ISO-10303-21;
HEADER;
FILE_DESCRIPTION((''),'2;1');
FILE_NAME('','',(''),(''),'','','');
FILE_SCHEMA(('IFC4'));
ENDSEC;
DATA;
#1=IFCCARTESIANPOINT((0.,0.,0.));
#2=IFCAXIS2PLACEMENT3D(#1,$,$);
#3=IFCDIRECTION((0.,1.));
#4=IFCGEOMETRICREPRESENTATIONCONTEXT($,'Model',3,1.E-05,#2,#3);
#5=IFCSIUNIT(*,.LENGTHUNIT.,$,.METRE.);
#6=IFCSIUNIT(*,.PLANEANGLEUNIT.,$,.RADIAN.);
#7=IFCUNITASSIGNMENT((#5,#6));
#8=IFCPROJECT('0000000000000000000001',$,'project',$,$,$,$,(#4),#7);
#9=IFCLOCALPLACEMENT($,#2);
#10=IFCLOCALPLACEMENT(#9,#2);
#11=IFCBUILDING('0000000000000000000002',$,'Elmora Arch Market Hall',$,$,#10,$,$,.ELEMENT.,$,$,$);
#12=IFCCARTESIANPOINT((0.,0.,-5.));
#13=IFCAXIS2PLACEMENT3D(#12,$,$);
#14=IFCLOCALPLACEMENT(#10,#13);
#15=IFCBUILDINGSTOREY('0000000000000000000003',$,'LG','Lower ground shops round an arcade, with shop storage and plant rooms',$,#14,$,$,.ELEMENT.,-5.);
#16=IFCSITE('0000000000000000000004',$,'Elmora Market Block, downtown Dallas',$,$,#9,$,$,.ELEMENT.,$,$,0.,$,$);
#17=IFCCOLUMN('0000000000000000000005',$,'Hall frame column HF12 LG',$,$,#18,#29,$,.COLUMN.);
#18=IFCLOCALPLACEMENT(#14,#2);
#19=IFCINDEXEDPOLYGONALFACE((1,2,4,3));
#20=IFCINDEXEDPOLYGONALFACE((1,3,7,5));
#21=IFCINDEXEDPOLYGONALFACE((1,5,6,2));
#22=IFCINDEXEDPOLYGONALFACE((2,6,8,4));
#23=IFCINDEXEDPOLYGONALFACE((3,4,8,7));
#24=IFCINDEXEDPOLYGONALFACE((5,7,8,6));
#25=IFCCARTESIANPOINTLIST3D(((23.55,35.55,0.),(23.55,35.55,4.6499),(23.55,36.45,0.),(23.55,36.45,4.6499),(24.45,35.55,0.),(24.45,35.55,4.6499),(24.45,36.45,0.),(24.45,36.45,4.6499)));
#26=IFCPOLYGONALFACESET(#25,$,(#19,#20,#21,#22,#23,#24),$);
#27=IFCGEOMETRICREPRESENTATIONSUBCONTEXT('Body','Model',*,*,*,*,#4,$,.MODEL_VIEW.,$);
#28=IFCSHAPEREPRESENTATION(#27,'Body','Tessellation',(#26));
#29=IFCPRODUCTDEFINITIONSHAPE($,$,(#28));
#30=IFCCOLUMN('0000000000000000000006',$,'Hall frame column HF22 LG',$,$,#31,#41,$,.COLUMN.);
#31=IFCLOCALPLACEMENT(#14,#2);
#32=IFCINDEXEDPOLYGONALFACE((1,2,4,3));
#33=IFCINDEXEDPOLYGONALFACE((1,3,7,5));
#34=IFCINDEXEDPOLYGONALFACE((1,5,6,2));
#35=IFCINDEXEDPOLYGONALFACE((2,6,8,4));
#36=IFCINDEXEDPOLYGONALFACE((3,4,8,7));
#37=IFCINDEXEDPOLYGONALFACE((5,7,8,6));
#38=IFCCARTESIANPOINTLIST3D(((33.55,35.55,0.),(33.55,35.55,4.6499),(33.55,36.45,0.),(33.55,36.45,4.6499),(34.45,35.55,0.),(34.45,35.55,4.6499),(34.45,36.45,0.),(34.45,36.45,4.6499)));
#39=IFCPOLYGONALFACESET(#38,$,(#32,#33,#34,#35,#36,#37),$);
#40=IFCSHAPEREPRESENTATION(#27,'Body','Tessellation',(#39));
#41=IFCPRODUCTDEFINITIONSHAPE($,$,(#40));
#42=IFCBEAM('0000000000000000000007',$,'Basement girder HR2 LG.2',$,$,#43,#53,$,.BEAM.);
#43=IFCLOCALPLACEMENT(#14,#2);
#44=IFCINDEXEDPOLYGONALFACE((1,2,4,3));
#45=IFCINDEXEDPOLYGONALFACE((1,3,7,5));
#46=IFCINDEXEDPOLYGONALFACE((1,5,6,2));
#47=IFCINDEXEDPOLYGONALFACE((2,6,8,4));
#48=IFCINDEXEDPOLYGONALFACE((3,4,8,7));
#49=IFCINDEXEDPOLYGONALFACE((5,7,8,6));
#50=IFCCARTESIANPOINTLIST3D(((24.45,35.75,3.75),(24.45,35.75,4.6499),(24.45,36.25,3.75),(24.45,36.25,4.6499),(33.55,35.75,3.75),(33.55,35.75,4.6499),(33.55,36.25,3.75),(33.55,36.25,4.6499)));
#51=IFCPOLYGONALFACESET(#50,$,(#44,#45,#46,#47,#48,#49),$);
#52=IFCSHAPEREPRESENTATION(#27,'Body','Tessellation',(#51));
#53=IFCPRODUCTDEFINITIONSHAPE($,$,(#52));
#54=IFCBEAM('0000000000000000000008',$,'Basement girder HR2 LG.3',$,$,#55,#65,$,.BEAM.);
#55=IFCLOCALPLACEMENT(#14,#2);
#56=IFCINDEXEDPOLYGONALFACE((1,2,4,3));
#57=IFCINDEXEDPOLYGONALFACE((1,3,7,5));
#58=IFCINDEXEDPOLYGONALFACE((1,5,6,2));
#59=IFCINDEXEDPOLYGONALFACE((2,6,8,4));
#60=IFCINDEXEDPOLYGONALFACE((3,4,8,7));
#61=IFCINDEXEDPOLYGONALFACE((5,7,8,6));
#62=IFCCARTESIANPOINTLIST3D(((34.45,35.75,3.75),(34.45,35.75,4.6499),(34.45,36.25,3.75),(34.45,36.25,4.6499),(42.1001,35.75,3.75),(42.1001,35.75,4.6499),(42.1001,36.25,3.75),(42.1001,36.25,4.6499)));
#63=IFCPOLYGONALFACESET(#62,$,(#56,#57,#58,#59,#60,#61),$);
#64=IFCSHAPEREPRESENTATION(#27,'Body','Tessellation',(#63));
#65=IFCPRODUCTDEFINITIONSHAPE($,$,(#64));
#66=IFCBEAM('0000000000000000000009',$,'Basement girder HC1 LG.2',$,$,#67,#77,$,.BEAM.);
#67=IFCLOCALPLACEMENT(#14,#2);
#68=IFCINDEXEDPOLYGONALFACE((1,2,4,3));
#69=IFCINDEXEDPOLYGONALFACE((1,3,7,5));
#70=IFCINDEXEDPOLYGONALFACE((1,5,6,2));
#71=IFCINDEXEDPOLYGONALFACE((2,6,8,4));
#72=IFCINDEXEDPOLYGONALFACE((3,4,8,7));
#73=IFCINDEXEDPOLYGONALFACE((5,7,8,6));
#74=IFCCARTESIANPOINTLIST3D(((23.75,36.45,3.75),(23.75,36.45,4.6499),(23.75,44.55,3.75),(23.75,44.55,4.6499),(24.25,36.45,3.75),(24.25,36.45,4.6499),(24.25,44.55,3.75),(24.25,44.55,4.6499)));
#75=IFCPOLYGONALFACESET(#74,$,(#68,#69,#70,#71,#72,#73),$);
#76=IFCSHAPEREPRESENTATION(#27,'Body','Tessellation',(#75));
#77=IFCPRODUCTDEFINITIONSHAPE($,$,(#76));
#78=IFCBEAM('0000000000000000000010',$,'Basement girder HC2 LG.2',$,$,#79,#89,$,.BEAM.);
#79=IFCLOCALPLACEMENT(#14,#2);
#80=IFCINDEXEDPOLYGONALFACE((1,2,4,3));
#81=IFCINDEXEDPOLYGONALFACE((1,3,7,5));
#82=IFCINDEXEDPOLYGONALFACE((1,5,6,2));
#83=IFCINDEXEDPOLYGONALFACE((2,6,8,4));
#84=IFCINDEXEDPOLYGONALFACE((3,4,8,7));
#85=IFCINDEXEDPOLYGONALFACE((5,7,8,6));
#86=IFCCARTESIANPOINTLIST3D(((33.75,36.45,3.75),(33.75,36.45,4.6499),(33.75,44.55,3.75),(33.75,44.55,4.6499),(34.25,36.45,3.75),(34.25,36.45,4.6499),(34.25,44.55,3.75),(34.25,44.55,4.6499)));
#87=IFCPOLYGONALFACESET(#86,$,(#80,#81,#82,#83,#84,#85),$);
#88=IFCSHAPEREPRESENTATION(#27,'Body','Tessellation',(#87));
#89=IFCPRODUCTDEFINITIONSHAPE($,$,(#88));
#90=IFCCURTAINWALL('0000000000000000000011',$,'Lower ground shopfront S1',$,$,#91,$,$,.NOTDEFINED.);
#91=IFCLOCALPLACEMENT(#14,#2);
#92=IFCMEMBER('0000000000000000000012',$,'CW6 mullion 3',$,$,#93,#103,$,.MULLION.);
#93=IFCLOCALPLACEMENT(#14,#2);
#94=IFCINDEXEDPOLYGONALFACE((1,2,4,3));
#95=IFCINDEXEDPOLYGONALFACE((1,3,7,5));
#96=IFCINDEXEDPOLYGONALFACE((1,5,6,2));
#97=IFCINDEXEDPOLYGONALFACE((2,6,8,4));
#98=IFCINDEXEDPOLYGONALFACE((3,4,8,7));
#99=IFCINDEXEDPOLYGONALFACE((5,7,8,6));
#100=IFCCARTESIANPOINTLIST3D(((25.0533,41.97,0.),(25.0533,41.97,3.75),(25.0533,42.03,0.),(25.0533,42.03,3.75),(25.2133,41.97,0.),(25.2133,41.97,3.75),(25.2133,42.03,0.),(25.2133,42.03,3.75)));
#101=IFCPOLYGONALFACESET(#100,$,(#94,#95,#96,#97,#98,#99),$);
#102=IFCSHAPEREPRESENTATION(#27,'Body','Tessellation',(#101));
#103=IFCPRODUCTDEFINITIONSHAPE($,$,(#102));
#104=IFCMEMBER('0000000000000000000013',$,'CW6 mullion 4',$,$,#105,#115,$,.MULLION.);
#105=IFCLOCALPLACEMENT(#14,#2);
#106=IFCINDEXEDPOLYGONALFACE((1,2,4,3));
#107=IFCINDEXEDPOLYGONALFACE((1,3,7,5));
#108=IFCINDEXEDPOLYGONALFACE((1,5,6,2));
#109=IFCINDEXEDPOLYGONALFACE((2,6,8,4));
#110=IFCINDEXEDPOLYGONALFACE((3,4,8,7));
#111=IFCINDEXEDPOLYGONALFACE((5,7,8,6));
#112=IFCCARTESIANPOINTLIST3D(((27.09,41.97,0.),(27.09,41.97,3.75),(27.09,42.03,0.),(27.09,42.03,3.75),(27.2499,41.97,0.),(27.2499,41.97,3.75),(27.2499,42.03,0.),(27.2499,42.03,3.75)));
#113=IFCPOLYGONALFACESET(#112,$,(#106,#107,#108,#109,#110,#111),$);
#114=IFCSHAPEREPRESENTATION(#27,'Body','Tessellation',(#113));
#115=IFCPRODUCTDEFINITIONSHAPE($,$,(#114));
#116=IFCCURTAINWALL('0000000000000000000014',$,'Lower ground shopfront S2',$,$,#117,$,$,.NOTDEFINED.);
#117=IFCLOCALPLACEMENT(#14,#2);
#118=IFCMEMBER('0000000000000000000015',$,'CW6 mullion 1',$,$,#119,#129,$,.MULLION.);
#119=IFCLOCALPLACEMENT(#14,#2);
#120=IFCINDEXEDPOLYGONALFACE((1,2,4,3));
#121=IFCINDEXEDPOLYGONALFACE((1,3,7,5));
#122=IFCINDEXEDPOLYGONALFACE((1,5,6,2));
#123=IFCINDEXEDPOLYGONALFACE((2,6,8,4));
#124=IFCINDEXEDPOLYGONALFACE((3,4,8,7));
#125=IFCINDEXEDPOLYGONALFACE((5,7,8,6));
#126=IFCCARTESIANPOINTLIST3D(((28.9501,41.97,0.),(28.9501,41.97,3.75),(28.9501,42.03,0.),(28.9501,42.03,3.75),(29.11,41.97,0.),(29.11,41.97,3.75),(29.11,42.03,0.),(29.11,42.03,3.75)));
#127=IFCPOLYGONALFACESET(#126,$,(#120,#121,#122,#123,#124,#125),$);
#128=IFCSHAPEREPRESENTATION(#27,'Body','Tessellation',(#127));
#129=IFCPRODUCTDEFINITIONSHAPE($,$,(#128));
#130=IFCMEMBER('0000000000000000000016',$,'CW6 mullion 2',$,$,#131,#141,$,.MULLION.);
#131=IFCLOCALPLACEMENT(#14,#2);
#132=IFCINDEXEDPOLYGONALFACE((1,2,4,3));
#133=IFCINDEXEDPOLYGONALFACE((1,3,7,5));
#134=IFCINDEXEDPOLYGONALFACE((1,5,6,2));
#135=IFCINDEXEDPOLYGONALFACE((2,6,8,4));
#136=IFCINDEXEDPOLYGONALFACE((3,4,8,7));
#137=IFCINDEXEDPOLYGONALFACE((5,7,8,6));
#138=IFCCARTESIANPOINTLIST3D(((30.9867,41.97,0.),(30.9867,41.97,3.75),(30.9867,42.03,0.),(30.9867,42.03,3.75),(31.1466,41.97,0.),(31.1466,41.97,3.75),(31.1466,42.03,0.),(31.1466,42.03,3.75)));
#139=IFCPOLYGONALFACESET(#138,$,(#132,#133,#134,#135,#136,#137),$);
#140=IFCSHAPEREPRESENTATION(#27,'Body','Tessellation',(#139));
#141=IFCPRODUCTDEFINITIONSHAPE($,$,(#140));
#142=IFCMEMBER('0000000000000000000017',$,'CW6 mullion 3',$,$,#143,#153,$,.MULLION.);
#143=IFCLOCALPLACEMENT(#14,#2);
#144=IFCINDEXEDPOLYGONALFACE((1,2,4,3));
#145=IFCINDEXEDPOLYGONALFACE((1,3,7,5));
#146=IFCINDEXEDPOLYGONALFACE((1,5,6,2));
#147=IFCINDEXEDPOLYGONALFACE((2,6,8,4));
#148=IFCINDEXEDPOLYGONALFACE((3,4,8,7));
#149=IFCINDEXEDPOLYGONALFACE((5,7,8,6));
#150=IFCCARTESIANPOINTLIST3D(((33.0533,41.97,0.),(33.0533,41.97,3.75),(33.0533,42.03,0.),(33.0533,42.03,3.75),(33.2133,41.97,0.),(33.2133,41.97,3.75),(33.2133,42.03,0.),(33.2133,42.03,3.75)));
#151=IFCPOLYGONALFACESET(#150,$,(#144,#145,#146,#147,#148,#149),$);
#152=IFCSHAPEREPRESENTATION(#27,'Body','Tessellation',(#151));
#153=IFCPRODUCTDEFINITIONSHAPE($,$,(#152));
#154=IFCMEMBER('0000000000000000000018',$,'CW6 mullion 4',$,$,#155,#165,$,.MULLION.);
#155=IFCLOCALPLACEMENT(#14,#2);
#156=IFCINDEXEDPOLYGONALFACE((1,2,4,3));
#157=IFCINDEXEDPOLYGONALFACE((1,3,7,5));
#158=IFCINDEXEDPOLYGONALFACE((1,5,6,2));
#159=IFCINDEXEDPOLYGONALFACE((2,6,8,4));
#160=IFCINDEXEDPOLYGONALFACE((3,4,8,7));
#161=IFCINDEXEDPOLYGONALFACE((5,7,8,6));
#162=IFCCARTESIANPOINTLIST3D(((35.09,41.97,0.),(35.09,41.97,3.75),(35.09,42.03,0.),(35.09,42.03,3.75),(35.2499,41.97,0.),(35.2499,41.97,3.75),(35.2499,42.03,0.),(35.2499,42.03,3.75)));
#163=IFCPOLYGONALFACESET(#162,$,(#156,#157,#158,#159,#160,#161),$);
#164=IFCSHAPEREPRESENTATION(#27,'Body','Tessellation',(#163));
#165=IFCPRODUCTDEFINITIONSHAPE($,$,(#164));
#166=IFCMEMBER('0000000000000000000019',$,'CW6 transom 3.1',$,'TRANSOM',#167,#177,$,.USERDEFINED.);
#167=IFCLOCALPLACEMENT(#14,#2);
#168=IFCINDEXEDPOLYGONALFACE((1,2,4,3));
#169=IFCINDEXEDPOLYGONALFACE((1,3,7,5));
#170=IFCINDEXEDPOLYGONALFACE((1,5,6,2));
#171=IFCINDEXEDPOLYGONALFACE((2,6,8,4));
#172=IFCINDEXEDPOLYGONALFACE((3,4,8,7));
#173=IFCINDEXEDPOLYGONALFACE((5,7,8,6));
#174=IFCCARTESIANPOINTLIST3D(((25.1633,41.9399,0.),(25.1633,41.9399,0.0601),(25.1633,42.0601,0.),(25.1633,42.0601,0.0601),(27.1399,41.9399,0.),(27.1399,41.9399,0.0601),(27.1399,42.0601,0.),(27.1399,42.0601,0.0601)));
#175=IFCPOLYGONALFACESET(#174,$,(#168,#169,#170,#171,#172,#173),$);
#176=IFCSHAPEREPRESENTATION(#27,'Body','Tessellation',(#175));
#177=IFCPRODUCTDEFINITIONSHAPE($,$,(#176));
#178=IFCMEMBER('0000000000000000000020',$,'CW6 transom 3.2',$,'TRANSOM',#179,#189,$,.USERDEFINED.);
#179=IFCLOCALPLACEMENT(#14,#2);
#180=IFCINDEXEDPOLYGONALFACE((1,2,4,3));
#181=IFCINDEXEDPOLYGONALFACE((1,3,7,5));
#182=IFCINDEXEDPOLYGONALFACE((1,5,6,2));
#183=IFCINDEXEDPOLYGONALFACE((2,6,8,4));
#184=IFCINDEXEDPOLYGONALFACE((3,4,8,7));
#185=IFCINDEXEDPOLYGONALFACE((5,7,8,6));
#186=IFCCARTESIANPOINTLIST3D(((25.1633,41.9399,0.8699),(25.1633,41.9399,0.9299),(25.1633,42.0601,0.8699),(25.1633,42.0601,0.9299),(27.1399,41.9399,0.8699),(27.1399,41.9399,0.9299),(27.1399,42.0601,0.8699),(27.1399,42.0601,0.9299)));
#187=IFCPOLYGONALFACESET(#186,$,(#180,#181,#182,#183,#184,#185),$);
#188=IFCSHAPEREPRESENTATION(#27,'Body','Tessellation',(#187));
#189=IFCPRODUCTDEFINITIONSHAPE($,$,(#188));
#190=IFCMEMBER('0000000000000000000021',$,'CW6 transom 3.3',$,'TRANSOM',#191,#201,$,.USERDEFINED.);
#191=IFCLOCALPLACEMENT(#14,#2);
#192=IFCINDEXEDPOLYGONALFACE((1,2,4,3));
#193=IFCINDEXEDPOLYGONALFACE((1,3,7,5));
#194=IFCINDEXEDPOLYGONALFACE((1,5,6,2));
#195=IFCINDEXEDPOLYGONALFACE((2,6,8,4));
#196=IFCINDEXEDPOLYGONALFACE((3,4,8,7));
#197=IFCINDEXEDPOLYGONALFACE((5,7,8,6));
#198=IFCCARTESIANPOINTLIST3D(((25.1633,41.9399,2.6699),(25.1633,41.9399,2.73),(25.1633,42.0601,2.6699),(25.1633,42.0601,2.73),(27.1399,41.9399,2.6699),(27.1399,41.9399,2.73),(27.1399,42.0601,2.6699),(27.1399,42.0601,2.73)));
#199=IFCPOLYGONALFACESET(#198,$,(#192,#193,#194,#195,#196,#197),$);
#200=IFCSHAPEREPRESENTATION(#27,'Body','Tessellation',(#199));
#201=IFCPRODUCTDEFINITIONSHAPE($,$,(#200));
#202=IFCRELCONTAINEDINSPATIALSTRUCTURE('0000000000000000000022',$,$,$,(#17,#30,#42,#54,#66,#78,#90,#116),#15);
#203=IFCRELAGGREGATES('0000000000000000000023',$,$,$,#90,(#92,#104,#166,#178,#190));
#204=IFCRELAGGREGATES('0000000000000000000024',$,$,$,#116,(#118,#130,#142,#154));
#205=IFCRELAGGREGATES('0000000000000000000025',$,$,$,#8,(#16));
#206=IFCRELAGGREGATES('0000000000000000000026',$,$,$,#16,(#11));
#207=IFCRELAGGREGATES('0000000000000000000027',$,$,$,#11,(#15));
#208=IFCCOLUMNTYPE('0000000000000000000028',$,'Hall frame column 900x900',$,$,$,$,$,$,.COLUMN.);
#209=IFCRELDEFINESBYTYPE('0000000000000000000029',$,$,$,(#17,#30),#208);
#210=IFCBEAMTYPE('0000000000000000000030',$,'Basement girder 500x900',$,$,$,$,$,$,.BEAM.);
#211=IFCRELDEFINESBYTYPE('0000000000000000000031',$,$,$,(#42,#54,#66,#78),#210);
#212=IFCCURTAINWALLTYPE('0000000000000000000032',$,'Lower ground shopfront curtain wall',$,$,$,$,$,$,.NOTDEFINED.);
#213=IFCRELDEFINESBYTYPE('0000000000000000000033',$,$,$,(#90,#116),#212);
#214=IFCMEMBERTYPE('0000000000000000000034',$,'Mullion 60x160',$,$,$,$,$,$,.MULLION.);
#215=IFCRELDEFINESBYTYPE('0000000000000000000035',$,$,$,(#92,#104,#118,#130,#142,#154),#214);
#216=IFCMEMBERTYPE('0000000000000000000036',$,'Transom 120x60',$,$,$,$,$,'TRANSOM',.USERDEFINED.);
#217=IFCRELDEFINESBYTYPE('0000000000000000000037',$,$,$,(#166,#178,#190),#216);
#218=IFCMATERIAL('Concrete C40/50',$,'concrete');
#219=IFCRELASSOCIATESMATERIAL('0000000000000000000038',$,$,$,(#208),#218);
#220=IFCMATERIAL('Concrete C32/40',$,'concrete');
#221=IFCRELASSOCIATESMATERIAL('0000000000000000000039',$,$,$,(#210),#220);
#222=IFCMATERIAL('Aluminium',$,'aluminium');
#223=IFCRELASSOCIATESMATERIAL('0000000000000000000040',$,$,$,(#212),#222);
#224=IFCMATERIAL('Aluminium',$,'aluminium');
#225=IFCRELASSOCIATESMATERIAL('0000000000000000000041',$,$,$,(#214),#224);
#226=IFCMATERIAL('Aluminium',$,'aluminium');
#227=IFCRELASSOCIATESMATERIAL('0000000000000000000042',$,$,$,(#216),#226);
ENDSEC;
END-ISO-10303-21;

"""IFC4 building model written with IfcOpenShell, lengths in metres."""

from ifc_helpers import new_model, si_unit, direction, frame, origin, origin_2d, place, context, subcontext, project, spatial, rectangle, extrude, material, material_profile, profile_set, type_object, element, aggregate, save


model = new_model("IFC4")

# Units and contexts
model_context = context("Model", 3, precision=1e-05, world=origin(), true_north=direction((0.0, 1.0)))
body_context = subcontext(model_context, "Body", "Model", "MODEL_VIEW")
ifc_project = project(units=[si_unit("LENGTHUNIT", "METRE"), si_unit("PLANEANGLEUNIT", "RADIAN")], contexts=[model_context])

# Site, building, storey
site_placement = place(None, origin())
site = spatial("IfcSite", under=ifc_project, at=site_placement, Name="Elmora Market Block, downtown Dallas", CompositionType="ELEMENT", RefElevation=0.0)
building_placement = place(site_placement, origin())
building = spatial("IfcBuilding", under=site, at=building_placement, Name="Elmora Arch Market Hall", CompositionType="ELEMENT")
storey_placement = place(building_placement, frame((0.0, 0.0, -5.0)))
storey = spatial("IfcBuildingStorey", under=building, at=storey_placement, Name="LG", Description="Lower ground shops round an arcade, with shop storage and plant rooms", CompositionType="ELEMENT", Elevation=-5.0)

# Columns
ifc_material_1 = material(Name="Concrete C40/50", Category="concrete")
ifc_material_profile_1 = material_profile(ifc_material_1, rectangle(XDim=0.8999, YDim=0.8999, at=origin_2d()), Name="Hall frame column 900x900")
ifc_profile_set_1 = profile_set([ifc_material_profile_1], Name="Concrete C40/50")
column_type = type_object("IfcColumnType", Name="Hall frame column 900x900", PredefinedType="COLUMN", material=ifc_profile_set_1)
for number, where, z_axis, x_axis, name in (
    (1, (24.0, 36.0, 0.0), (0.0, 0.0, 1.0), (1.0, 0.0, 0.0), "Hall frame column HF12 LG"),
    (2, (34.0, 36.0, 0.0), (0.0, 0.0, 1.0), (1.0, 0.0, 0.0), "Hall frame column HF22 LG"),
):
    element("IfcColumn", number, at=place(storey_placement, frame(where, z_axis=z_axis, x_axis=x_axis)), inside=storey, type_object=column_type, Name=name, PredefinedType="COLUMN", context=body_context, shape_type="SweptSolid", body=[
        extrude(rectangle(XDim=0.8999, YDim=0.8999, at=origin_2d()), origin(), (0.0, 0.0, 1.0), 4.6499),
    ])

# Beams
ifc_material_2 = material(Name="Concrete C32/40", Category="concrete")
ifc_material_profile_2 = material_profile(ifc_material_2, rectangle(XDim=0.5, YDim=0.8999, at=origin_2d()), Name="Basement girder 500x900")
ifc_profile_set_2 = profile_set([ifc_material_profile_2], Name="Concrete C32/40")
beam_type = type_object("IfcBeamType", Name="Basement girder 500x900", PredefinedType="BEAM", material=ifc_profile_set_2)
beam_1_placement = place(storey_placement, frame((24.45, 36.0, 4.2), z_axis=(1.0, 0.0, 0.0), x_axis=(0.0, 1.0, 0.0)))
element("IfcBeam", 3, at=beam_1_placement, inside=storey, type_object=beam_type, Name="Basement girder HR2 LG.2", PredefinedType="BEAM", context=body_context, shape_type="SweptSolid", body=[
    extrude(rectangle(XDim=0.5, YDim=0.8999, at=origin_2d()), origin(), (0.0, 0.0, 1.0), 9.1001),
])
beam_2_placement = place(storey_placement, frame((34.45, 36.0, 4.2), z_axis=(1.0, 0.0, 0.0), x_axis=(0.0, 1.0, 0.0)))
element("IfcBeam", 4, at=beam_2_placement, inside=storey, type_object=beam_type, Name="Basement girder HR2 LG.3", PredefinedType="BEAM", context=body_context, shape_type="SweptSolid", body=[
    extrude(rectangle(XDim=0.5, YDim=0.8999, at=origin_2d()), origin(), (0.0, 0.0, 1.0), 7.6501),
])
for number, where, z_axis, x_axis, name in (
    (5, (24.0, 36.45, 4.2), (0.0, 1.0, 0.0), (-1.0, 0.0, 0.0), "Basement girder HC1 LG.2"),
    (6, (34.0, 36.45, 4.2), (0.0, 1.0, 0.0), (-1.0, 0.0, 0.0), "Basement girder HC2 LG.2"),
):
    element("IfcBeam", number, at=place(storey_placement, frame(where, z_axis=z_axis, x_axis=x_axis)), inside=storey, type_object=beam_type, Name=name, PredefinedType="BEAM", context=body_context, shape_type="SweptSolid", body=[
        extrude(rectangle(XDim=0.5, YDim=0.8999, at=origin_2d()), origin(), (0.0, 0.0, 1.0), 8.1001),
    ])

# Curtain walls, members
ifc_material_3 = material(Name="Aluminium", Category="aluminium")
curtain_wall_type = type_object("IfcCurtainWallType", Name="Lower ground shopfront curtain wall", PredefinedType="NOTDEFINED", material=ifc_material_3)
curtain_wall_1_placement = place(storey_placement, origin())
curtain_wall_1 = element("IfcCurtainWall", 7, at=curtain_wall_1_placement, inside=storey, type_object=curtain_wall_type, Name="Lower ground shopfront S1", PredefinedType="NOTDEFINED")
ifc_material_4 = material(Name="Aluminium", Category="aluminium")
ifc_material_profile_3 = material_profile(ifc_material_4, rectangle(XDim=0.0601, YDim=0.1599, at=origin_2d()), Name="AL 60x160")
ifc_profile_set_3 = profile_set([ifc_material_profile_3], Name="Aluminium")
member_type_1 = type_object("IfcMemberType", Name="Mullion 60x160", PredefinedType="MULLION", material=ifc_profile_set_3)
member_1_placement = place(storey_placement, frame((25.1333, 42.0, 0.0), z_axis=(0.0, 0.0, 1.0), x_axis=(0.0, 1.0, 0.0)))
member_1 = element("IfcMember", 8, at=member_1_placement, type_object=member_type_1, Name="CW6 mullion 3", PredefinedType="MULLION", context=body_context, shape_type="SweptSolid", body=[
    extrude(rectangle(XDim=0.0601, YDim=0.1599, at=origin_2d()), origin(), (0.0, 0.0, 1.0), 3.75),
])
member_2_placement = place(storey_placement, frame((27.1699, 42.0, 0.0), z_axis=(0.0, 0.0, 1.0), x_axis=(0.0, 1.0, 0.0)))
member_2 = element("IfcMember", 9, at=member_2_placement, type_object=member_type_1, Name="CW6 mullion 4", PredefinedType="MULLION", context=body_context, shape_type="SweptSolid", body=[
    extrude(rectangle(XDim=0.0601, YDim=0.1599, at=origin_2d()), origin(), (0.0, 0.0, 1.0), 3.75),
])
curtain_wall_2_placement = place(storey_placement, origin())
curtain_wall_2 = element("IfcCurtainWall", 10, at=curtain_wall_2_placement, inside=storey, type_object=curtain_wall_type, Name="Lower ground shopfront S2", PredefinedType="NOTDEFINED")
member_3_placement = place(storey_placement, frame((29.03, 42.0, 0.0), z_axis=(0.0, 0.0, 1.0), x_axis=(0.0, 1.0, 0.0)))
member_3 = element("IfcMember", 11, at=member_3_placement, type_object=member_type_1, Name="CW6 mullion 1", PredefinedType="MULLION", context=body_context, shape_type="SweptSolid", body=[
    extrude(rectangle(XDim=0.0601, YDim=0.1599, at=origin_2d()), origin(), (0.0, 0.0, 1.0), 3.75),
])
member_4_placement = place(storey_placement, frame((31.0667, 42.0, 0.0), z_axis=(0.0, 0.0, 1.0), x_axis=(0.0, 1.0, 0.0)))
member_4 = element("IfcMember", 12, at=member_4_placement, type_object=member_type_1, Name="CW6 mullion 2", PredefinedType="MULLION", context=body_context, shape_type="SweptSolid", body=[
    extrude(rectangle(XDim=0.0601, YDim=0.1599, at=origin_2d()), origin(), (0.0, 0.0, 1.0), 3.75),
])
member_5_placement = place(storey_placement, frame((33.1333, 42.0, 0.0), z_axis=(0.0, 0.0, 1.0), x_axis=(0.0, 1.0, 0.0)))
member_5 = element("IfcMember", 13, at=member_5_placement, type_object=member_type_1, Name="CW6 mullion 3", PredefinedType="MULLION", context=body_context, shape_type="SweptSolid", body=[
    extrude(rectangle(XDim=0.0601, YDim=0.1599, at=origin_2d()), origin(), (0.0, 0.0, 1.0), 3.75),
])
member_6_placement = place(storey_placement, frame((35.1699, 42.0, 0.0), z_axis=(0.0, 0.0, 1.0), x_axis=(0.0, 1.0, 0.0)))
member_6 = element("IfcMember", 14, at=member_6_placement, type_object=member_type_1, Name="CW6 mullion 4", PredefinedType="MULLION", context=body_context, shape_type="SweptSolid", body=[
    extrude(rectangle(XDim=0.0601, YDim=0.1599, at=origin_2d()), origin(), (0.0, 0.0, 1.0), 3.75),
])

# Members
ifc_material_5 = material(Name="Aluminium", Category="aluminium")
ifc_material_profile_4 = material_profile(ifc_material_5, rectangle(XDim=0.1201, YDim=0.0601, at=origin_2d()), Name="AL 120x60")
ifc_profile_set_4 = profile_set([ifc_material_profile_4], Name="Aluminium")
member_type_2 = type_object("IfcMemberType", Name="Transom 120x60", ElementType="TRANSOM", PredefinedType="USERDEFINED", material=ifc_profile_set_4)
member_7_placement = place(storey_placement, frame((25.1633, 42.0, 0.03), z_axis=(1.0, 0.0, 0.0), x_axis=(0.0, 1.0, 0.0)))
member_7 = element("IfcMember", 15, at=member_7_placement, type_object=member_type_2, Name="CW6 transom 3.1", ObjectType="TRANSOM", PredefinedType="USERDEFINED", context=body_context, shape_type="SweptSolid", body=[
    extrude(rectangle(XDim=0.1201, YDim=0.0601, at=origin_2d()), origin(), (0.0, 0.0, 1.0), 1.9766),
])
member_8_placement = place(storey_placement, frame((25.1633, 42.0, 0.8999), z_axis=(1.0, 0.0, 0.0), x_axis=(0.0, 1.0, 0.0)))
member_8 = element("IfcMember", 16, at=member_8_placement, type_object=member_type_2, Name="CW6 transom 3.2", ObjectType="TRANSOM", PredefinedType="USERDEFINED", context=body_context, shape_type="SweptSolid", body=[
    extrude(rectangle(XDim=0.1201, YDim=0.0601, at=origin_2d()), origin(), (0.0, 0.0, 1.0), 1.9766),
])
member_9_placement = place(storey_placement, frame((25.1633, 42.0, 2.7), z_axis=(1.0, 0.0, 0.0), x_axis=(0.0, 1.0, 0.0)))
member_9 = element("IfcMember", 17, at=member_9_placement, type_object=member_type_2, Name="CW6 transom 3.3", ObjectType="TRANSOM", PredefinedType="USERDEFINED", context=body_context, shape_type="SweptSolid", body=[
    extrude(rectangle(XDim=0.1201, YDim=0.0601, at=origin_2d()), origin(), (0.0, 0.0, 1.0), 1.9766),
])

aggregate(curtain_wall_1, [member_1, member_2, member_7, member_8, member_9])
aggregate(curtain_wall_2, [member_3, member_4, member_5, member_6])

save(model, "model.ifc")
